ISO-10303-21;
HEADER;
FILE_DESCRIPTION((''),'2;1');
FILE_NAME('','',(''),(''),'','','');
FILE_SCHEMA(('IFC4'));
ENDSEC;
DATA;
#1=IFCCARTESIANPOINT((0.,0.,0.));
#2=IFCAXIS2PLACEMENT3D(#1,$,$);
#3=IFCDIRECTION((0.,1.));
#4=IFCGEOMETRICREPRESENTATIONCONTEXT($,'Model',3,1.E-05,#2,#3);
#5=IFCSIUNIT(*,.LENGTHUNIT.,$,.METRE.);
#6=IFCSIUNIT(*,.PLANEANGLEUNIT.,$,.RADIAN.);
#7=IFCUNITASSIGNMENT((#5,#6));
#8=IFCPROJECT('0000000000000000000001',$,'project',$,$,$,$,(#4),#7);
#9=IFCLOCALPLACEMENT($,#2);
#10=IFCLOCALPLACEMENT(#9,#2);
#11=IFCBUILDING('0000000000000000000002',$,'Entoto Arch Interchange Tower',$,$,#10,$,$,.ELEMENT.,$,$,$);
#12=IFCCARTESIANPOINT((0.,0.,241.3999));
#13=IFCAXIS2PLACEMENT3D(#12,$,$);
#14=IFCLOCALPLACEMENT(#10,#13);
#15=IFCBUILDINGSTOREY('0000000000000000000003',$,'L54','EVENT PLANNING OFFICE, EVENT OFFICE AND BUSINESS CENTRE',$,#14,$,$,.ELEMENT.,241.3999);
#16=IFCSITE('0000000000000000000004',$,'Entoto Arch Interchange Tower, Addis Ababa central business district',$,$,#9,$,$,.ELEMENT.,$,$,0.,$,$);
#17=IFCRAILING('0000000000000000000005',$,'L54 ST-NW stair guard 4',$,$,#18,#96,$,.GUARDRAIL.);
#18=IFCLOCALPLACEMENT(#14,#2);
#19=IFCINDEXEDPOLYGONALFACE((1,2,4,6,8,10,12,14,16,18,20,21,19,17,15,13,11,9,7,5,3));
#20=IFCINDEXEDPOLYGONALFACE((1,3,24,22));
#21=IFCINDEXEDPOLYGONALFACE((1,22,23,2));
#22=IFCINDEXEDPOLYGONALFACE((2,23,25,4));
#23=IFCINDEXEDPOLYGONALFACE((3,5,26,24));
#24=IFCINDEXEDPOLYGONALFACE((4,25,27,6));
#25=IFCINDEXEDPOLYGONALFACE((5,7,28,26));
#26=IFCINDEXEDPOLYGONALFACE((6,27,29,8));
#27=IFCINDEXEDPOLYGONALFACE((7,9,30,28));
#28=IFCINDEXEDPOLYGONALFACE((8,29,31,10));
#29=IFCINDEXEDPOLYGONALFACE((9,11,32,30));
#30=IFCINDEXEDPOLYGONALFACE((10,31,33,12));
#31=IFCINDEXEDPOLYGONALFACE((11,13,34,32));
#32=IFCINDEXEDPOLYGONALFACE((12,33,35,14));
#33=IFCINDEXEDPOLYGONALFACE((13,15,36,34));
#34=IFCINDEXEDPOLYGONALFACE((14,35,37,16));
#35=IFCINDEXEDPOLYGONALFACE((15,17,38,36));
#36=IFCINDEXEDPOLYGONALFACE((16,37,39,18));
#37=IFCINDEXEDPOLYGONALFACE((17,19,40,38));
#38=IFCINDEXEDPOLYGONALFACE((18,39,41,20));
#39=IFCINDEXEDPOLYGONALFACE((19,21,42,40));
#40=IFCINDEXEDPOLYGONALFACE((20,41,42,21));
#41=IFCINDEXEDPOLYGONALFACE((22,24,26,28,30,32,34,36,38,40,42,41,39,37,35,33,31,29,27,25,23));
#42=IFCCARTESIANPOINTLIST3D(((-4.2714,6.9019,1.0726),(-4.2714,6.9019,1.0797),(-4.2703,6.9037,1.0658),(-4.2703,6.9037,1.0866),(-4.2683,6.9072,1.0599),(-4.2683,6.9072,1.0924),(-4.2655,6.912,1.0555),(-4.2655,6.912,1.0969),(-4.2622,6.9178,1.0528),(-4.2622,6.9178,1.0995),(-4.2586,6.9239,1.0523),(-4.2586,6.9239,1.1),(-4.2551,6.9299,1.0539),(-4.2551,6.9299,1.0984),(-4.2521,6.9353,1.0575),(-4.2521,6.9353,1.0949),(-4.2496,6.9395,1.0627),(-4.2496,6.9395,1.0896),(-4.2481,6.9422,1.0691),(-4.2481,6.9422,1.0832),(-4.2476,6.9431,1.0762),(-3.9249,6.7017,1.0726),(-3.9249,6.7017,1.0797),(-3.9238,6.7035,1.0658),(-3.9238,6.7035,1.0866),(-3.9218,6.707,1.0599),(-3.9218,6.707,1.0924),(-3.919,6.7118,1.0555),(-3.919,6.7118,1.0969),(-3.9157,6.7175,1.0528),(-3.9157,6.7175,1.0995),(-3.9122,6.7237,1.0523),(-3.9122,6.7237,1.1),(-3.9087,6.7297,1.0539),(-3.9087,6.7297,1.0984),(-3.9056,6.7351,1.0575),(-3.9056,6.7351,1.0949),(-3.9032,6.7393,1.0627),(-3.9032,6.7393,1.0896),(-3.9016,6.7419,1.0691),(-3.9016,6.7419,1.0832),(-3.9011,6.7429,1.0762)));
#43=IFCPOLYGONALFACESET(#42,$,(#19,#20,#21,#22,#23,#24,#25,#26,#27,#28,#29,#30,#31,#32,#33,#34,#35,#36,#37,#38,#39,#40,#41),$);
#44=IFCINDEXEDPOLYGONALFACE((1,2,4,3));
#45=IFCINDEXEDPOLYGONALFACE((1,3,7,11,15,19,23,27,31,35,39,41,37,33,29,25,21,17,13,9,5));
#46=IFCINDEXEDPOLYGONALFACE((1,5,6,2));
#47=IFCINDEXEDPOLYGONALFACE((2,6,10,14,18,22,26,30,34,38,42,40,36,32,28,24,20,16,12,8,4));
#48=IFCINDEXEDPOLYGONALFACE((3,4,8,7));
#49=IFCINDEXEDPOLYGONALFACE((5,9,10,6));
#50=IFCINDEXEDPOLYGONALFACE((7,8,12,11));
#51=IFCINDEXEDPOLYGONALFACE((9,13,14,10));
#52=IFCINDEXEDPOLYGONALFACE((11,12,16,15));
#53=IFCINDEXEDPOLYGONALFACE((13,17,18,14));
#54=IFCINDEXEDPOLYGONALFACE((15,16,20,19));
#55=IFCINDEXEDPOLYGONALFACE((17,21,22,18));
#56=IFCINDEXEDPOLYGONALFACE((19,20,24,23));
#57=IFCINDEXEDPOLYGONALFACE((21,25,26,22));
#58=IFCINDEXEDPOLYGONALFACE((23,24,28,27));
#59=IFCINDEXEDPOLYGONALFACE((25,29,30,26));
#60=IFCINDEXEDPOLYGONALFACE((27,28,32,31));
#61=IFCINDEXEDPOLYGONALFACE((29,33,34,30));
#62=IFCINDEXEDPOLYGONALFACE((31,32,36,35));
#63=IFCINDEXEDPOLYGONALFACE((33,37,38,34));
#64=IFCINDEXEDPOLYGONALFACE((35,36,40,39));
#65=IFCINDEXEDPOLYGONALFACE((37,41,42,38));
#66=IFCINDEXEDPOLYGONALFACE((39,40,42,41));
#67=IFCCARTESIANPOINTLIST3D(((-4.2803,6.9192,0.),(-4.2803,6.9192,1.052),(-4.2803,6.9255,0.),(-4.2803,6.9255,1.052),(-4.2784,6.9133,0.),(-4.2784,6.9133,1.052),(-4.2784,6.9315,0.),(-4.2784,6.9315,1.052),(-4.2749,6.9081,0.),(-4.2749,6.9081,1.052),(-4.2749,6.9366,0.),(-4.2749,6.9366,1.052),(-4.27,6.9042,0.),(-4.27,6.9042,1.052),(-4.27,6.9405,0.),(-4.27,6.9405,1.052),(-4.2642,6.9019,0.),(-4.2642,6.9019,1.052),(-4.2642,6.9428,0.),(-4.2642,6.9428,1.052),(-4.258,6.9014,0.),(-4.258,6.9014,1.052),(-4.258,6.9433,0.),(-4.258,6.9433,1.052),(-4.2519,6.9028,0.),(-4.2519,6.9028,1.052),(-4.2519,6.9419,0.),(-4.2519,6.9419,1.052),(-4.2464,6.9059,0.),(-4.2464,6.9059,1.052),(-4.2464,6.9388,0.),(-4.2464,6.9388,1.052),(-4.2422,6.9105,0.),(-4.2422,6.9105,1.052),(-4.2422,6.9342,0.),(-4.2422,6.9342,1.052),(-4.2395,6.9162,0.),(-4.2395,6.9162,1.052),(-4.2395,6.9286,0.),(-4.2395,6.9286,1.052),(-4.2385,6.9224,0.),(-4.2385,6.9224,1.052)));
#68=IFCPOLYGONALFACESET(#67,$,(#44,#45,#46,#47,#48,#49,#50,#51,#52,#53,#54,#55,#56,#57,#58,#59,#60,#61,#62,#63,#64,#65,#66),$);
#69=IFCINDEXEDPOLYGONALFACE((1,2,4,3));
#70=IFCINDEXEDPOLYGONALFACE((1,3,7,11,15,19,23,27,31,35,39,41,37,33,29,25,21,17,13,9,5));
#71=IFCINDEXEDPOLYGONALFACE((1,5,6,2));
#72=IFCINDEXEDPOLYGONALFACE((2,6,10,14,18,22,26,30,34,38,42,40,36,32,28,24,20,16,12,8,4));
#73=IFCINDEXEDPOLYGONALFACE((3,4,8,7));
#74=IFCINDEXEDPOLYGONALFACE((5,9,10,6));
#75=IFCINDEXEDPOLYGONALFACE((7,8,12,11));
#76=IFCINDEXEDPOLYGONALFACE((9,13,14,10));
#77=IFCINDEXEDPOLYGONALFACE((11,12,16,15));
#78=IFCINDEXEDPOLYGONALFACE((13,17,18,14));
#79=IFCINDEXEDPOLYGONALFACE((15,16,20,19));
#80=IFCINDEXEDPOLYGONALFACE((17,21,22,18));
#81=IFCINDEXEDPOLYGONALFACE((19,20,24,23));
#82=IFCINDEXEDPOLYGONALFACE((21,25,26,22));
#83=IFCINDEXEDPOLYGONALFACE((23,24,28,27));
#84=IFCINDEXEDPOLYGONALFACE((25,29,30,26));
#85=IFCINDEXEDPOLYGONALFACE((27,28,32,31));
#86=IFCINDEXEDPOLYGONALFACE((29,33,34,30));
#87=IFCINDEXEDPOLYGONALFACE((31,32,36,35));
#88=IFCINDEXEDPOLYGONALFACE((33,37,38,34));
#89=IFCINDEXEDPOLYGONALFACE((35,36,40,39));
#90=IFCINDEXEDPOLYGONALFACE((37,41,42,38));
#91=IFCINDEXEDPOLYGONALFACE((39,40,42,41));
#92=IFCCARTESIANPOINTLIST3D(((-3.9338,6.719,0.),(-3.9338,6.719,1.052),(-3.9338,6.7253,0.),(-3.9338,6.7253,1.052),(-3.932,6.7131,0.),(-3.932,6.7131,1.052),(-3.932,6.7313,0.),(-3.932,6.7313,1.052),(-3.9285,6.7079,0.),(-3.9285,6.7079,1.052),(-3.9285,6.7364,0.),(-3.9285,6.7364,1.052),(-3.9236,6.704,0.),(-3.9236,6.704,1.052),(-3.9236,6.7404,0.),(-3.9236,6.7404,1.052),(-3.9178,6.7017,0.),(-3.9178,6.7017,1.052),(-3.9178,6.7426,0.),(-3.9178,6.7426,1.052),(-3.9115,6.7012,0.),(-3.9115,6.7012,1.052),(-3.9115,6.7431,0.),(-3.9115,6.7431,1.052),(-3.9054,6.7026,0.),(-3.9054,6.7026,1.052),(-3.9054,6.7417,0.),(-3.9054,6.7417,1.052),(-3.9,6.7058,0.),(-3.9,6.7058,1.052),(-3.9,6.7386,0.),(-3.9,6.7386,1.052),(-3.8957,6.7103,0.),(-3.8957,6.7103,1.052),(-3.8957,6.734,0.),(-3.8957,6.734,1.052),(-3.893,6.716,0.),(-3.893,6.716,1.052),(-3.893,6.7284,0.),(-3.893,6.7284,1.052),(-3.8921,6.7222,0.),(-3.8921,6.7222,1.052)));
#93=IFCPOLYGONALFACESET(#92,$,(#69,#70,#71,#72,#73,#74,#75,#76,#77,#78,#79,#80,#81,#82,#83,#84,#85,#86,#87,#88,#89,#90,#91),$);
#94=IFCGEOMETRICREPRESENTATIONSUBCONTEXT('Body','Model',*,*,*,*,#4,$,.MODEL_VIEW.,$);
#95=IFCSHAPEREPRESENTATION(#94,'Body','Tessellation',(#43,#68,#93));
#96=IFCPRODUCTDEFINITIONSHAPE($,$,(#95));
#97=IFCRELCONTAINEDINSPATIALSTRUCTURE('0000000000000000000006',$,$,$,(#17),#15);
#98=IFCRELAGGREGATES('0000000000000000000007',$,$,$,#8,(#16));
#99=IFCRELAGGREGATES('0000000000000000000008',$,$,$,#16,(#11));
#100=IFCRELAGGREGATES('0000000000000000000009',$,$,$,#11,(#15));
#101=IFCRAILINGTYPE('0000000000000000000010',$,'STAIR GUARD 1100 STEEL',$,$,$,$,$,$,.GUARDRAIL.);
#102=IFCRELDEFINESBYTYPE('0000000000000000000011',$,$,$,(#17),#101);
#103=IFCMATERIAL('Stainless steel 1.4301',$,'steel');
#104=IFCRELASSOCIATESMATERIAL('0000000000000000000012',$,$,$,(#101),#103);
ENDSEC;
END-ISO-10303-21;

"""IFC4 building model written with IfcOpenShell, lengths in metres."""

from ifc_helpers import new_model, si_unit, direction, frame, origin, origin_2d, place, context, subcontext, project, spatial, circle, extrude, material, type_object, element, save


model = new_model("IFC4")

# Units and contexts
model_context = context("Model", 3, precision=1e-05, world=origin(), true_north=direction((0.0, 1.0)))
body_context = subcontext(model_context, "Body", "Model", "MODEL_VIEW")
ifc_project = project(units=[si_unit("LENGTHUNIT", "METRE"), si_unit("PLANEANGLEUNIT", "RADIAN")], contexts=[model_context])

# Site, building, storey
site_placement = place(None, origin())
site = spatial("IfcSite", under=ifc_project, at=site_placement, Name="Entoto Arch Interchange Tower, Addis Ababa central business district", CompositionType="ELEMENT", RefElevation=0.0)
building_placement = place(site_placement, origin())
building = spatial("IfcBuilding", under=site, at=building_placement, Name="Entoto Arch Interchange Tower", CompositionType="ELEMENT")
storey_placement = place(building_placement, frame((0.0, 0.0, 241.3999)))
storey = spatial("IfcBuildingStorey", under=building, at=storey_placement, Name="L54", Description="EVENT PLANNING OFFICE, EVENT OFFICE AND BUSINESS CENTRE", CompositionType="ELEMENT", Elevation=241.3999)

# Railing
ifc_material_1 = material(Name="Stainless steel 1.4301", Category="steel")
railing_type = type_object("IfcRailingType", Name="STAIR GUARD 1100 STEEL", PredefinedType="GUARDRAIL", material=ifc_material_1)
railing_1_placement = place(storey_placement, frame((-4.2595, 6.9224, 0.0)))
element("IfcRailing", 1, at=railing_1_placement, inside=storey, type_object=railing_type, Name="L54 ST-NW stair guard 4", PredefinedType="GUARDRAIL", context=body_context, shape_type="SweptSolid", body=[
    extrude(circle(Radius=0.0239, at=origin_2d()), frame((0.0, 0.0, 1.0762), z_axis=(0.86583, -0.500339, 0.0), x_axis=(0.500339, 0.86583, 0.0)), (0.0, 0.0, 1.0), 0.4001),
    extrude(circle(Radius=0.021, at=origin_2d()), origin(), (0.0, 0.0, 1.0), 1.052),
    extrude(circle(Radius=0.021, at=origin_2d()), frame((0.3464, -0.2002, 0.0)), (0.0, 0.0, 1.0), 1.052),
])

save(model, "model.ifc")
